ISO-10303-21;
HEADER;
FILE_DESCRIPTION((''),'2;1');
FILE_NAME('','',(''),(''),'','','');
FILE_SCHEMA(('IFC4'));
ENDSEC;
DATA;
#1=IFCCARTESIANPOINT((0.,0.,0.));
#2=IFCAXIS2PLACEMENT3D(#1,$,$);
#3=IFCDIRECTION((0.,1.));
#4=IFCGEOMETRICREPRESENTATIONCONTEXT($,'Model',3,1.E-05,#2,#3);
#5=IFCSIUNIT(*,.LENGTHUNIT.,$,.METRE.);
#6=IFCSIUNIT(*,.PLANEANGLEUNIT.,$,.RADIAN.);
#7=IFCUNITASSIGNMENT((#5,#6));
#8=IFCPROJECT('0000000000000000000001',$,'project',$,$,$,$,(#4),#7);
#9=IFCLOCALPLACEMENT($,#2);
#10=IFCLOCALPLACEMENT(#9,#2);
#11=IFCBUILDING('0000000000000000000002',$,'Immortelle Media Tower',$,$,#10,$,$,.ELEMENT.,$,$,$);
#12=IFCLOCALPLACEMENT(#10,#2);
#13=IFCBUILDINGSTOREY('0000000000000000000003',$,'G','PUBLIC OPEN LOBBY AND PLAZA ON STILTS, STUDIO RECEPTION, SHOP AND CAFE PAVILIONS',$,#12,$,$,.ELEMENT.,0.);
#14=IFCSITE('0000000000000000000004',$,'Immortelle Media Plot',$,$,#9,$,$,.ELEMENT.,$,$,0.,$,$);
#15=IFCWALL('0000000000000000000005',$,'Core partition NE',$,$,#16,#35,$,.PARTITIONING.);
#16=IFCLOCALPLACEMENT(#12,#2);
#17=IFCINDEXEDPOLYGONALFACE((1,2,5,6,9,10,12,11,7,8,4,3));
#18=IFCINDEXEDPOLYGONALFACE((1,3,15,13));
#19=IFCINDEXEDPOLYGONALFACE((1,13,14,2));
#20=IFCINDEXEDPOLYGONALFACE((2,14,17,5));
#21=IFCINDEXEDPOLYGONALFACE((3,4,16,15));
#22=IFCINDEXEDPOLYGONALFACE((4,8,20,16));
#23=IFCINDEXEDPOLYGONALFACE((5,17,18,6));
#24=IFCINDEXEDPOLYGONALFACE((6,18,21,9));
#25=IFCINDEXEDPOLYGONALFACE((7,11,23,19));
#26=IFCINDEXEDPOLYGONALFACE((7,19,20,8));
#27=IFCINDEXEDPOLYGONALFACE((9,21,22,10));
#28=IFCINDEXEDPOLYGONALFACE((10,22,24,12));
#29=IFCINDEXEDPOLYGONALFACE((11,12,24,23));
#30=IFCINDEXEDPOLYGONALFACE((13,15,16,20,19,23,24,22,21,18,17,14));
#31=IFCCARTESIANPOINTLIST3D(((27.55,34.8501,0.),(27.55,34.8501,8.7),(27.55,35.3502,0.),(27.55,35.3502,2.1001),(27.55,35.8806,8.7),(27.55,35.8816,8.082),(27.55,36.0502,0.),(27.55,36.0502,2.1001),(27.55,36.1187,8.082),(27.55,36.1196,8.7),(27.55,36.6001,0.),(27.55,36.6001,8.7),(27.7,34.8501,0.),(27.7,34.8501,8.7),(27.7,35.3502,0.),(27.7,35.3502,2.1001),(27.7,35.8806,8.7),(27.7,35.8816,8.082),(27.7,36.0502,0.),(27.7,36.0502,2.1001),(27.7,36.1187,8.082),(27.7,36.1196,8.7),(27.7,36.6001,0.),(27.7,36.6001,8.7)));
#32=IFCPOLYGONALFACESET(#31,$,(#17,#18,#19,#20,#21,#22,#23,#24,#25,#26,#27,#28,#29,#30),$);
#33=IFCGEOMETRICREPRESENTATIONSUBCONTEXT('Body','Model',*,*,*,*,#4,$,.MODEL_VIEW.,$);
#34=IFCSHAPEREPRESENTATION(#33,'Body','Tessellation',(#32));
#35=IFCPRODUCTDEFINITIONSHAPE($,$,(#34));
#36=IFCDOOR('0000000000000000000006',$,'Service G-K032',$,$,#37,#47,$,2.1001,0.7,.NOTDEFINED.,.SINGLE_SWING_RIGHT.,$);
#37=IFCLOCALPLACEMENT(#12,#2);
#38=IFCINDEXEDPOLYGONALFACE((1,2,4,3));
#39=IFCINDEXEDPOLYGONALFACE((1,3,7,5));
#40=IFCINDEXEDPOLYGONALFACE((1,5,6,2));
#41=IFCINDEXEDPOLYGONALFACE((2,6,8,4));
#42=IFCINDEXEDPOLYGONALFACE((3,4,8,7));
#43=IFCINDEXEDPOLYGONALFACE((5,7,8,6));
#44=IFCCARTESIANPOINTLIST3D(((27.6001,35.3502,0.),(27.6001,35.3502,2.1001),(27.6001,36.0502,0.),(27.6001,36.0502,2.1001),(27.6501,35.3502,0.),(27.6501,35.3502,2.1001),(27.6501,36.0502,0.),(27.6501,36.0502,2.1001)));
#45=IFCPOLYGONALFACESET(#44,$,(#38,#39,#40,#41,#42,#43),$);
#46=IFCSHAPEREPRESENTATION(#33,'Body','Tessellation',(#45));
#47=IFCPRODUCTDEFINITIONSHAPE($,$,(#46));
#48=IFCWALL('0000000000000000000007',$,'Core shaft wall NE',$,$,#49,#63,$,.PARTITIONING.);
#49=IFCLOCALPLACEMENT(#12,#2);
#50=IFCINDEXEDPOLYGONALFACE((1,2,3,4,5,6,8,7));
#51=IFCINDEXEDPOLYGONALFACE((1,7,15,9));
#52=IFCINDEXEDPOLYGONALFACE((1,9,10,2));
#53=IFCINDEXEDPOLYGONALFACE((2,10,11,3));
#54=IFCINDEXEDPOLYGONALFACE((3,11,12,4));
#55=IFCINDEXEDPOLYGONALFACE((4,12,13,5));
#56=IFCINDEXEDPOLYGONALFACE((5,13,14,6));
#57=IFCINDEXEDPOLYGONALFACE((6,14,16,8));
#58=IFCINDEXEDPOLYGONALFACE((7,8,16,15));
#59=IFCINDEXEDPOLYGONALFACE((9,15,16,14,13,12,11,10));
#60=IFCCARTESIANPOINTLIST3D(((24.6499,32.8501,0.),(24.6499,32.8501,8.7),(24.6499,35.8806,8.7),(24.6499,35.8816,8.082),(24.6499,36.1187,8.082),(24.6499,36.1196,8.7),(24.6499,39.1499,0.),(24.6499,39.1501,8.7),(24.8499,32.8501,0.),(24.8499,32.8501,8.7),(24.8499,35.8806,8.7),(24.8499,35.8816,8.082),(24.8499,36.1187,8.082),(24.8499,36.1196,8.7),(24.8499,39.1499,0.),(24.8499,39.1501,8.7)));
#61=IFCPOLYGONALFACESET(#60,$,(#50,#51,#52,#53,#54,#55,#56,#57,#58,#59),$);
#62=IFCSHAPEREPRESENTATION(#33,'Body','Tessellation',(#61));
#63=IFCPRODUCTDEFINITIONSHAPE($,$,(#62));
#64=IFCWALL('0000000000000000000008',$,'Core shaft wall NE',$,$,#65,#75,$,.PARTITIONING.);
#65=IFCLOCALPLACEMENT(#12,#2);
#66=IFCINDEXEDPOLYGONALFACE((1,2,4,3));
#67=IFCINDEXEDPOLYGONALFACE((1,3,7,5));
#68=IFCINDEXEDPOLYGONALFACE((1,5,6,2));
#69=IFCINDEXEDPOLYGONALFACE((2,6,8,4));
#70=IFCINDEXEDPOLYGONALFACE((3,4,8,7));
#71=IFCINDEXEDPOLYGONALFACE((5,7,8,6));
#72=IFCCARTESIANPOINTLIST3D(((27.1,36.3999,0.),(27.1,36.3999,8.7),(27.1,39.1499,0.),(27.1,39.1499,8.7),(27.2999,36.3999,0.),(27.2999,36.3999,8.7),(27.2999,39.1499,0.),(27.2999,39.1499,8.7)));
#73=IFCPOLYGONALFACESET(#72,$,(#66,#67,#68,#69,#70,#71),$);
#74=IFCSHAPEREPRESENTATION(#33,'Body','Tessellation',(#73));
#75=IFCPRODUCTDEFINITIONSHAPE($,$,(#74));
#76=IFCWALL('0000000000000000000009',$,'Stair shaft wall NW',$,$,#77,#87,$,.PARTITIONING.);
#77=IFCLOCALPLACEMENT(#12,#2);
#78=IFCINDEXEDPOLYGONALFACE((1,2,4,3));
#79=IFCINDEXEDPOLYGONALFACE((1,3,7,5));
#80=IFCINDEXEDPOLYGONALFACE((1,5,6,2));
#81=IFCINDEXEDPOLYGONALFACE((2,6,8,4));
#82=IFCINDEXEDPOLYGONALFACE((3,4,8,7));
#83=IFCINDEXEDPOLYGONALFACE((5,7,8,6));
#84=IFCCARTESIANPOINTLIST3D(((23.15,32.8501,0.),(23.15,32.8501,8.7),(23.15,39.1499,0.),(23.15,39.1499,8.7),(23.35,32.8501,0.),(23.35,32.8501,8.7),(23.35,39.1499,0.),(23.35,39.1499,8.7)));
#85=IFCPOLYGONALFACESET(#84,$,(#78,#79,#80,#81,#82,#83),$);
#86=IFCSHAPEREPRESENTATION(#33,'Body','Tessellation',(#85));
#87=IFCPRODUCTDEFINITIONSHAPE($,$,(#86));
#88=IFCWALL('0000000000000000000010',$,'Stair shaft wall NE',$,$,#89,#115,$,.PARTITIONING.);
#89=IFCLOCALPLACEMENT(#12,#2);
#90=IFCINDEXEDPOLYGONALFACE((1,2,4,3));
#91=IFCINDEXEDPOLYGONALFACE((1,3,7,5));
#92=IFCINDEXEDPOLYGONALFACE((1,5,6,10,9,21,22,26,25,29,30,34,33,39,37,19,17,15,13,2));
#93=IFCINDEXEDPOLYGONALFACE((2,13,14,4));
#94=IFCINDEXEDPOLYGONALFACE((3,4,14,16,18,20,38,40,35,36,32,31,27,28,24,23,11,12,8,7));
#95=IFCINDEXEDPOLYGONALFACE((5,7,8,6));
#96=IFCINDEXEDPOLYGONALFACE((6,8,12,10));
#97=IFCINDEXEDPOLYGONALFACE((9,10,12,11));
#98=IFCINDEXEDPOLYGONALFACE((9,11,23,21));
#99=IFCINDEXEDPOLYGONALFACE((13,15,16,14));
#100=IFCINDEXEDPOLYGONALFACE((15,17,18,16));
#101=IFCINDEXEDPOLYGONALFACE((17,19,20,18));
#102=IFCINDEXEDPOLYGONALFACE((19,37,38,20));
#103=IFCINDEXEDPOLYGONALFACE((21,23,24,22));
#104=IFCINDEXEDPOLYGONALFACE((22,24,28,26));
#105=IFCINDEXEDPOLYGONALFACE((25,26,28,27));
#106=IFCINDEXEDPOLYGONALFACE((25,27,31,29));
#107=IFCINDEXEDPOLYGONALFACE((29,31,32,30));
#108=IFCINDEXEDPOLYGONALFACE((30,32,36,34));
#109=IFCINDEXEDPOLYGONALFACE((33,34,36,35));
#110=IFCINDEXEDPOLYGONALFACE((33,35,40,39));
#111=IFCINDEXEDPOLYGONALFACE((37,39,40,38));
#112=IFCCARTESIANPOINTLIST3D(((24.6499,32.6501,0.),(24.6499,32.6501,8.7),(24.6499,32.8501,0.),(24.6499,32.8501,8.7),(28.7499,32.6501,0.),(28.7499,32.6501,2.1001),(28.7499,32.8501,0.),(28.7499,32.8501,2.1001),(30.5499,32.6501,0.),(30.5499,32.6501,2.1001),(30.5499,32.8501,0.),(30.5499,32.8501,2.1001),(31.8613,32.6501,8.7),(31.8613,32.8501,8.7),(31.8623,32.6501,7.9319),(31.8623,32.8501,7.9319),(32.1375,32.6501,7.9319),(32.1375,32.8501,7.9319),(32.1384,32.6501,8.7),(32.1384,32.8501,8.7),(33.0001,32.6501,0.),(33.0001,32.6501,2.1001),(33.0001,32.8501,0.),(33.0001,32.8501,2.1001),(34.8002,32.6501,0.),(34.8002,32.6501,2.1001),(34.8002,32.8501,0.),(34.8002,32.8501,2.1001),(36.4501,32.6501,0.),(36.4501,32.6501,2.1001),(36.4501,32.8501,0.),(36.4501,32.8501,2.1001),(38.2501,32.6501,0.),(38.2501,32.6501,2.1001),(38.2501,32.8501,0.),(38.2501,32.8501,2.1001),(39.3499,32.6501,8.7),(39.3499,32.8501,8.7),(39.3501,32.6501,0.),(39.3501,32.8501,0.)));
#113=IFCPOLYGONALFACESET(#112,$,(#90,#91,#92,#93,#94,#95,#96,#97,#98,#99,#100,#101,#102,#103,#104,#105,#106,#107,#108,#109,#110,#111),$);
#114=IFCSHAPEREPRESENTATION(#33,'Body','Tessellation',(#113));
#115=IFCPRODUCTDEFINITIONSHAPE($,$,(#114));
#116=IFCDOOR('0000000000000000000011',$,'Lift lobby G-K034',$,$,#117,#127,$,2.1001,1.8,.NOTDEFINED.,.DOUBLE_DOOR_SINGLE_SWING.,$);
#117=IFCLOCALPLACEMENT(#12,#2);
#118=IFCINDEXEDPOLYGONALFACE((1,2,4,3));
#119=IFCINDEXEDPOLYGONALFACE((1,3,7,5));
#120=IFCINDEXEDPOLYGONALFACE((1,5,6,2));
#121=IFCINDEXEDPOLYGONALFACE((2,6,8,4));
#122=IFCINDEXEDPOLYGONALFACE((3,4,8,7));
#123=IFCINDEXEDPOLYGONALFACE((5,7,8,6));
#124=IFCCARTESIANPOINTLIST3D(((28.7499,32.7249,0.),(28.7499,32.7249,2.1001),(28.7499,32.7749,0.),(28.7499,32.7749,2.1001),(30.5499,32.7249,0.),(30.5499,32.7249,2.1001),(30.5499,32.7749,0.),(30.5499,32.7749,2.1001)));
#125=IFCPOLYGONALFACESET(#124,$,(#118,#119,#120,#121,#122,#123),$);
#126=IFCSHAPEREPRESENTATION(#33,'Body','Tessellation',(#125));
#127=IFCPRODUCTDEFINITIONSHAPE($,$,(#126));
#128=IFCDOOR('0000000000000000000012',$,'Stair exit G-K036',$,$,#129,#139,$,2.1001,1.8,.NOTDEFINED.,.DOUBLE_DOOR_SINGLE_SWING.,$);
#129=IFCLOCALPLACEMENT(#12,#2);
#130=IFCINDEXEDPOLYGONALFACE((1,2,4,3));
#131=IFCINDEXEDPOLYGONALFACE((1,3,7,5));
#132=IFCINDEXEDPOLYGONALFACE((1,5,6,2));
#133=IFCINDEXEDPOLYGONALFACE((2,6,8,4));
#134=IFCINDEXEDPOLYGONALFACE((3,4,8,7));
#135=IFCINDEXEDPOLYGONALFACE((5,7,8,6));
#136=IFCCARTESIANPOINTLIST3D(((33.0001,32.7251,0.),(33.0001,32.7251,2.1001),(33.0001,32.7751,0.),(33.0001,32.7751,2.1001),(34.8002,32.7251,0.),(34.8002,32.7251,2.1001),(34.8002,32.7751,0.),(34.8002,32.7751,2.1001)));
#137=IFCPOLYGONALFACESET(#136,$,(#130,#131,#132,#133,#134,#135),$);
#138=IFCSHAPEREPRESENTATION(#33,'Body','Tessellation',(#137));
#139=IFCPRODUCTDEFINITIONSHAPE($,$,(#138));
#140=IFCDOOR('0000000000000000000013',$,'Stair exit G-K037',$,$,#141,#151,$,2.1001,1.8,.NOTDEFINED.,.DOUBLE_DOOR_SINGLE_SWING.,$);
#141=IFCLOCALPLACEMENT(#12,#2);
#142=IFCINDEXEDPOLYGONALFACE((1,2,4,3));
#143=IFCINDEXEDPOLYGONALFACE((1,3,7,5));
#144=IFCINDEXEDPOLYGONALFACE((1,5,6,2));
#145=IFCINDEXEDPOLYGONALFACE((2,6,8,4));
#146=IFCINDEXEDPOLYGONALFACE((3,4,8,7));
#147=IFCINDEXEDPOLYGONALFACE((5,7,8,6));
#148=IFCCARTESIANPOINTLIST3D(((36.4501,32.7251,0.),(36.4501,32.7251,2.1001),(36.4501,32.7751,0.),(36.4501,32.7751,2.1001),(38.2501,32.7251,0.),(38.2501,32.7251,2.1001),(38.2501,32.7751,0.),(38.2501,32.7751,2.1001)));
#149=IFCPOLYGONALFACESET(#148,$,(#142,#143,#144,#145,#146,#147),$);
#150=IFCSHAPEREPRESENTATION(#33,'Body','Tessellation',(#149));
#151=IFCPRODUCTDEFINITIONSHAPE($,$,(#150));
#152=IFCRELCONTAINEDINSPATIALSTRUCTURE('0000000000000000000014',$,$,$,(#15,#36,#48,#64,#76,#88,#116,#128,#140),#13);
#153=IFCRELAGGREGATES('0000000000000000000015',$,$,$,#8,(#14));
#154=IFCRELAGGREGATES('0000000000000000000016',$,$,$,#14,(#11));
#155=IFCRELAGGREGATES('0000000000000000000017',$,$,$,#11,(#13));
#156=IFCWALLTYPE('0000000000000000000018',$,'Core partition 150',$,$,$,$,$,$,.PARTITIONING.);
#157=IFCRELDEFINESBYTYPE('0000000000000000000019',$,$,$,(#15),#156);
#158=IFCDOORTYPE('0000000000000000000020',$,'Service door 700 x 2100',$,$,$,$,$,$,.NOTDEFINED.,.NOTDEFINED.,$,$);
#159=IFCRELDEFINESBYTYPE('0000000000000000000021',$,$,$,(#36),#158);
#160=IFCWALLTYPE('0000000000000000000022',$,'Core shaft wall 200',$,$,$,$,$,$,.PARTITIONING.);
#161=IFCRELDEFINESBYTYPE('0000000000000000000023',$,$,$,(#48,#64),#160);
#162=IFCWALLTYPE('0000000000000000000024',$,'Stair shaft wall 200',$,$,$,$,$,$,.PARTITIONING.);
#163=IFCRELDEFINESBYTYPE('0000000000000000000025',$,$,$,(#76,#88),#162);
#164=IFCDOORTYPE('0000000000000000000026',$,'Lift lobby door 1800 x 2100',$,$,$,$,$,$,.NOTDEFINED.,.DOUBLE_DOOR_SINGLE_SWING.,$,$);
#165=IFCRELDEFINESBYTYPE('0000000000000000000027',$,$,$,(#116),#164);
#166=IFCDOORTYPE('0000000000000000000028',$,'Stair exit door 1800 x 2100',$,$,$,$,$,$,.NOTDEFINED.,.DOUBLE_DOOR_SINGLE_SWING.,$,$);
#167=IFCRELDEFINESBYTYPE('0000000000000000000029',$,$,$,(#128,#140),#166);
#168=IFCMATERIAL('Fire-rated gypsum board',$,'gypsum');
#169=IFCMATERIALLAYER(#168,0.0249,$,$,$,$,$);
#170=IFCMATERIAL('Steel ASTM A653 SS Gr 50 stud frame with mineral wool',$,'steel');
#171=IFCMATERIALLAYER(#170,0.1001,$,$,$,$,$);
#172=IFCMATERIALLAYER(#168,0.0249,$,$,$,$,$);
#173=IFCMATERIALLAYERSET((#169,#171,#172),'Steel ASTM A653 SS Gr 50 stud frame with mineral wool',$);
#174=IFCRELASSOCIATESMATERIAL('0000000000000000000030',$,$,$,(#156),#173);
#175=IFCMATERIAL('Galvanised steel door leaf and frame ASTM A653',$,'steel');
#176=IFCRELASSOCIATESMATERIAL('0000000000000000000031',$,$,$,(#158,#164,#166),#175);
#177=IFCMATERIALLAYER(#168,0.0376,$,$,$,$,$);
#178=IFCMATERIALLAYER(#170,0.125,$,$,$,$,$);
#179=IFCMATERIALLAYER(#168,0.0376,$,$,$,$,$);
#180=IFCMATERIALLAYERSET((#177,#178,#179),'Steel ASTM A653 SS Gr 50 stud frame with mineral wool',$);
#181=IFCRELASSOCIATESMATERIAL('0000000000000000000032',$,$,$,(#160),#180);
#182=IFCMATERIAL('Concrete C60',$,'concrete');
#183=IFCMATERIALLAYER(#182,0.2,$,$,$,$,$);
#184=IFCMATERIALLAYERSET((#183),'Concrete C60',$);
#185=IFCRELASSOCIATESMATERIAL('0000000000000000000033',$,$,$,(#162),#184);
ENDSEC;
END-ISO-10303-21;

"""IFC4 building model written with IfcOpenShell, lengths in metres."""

from ifc_helpers import new_model, si_unit, direction, frame, frame_2d, origin, place, context, subcontext, project, spatial, polyline, rectangle, outline, extrude, material, layer, layer_set, type_object, element, fill, save


model = new_model("IFC4")

# Units and contexts
model_context = context("Model", 3, precision=1e-05, world=origin(), true_north=direction((0.0, 1.0)))
body_context = subcontext(model_context, "Body", "Model", "MODEL_VIEW")
ifc_project = project(units=[si_unit("LENGTHUNIT", "METRE"), si_unit("PLANEANGLEUNIT", "RADIAN")], contexts=[model_context])

# Site, building, storey
site_placement = place(None, origin())
site = spatial("IfcSite", under=ifc_project, at=site_placement, Name="Immortelle Media Plot", CompositionType="ELEMENT", RefElevation=0.0)
building_placement = place(site_placement, origin())
building = spatial("IfcBuilding", under=site, at=building_placement, Name="Immortelle Media Tower", CompositionType="ELEMENT")
storey_placement = place(building_placement, origin())
storey = spatial("IfcBuildingStorey", under=building, at=storey_placement, Name="G", Description="PUBLIC OPEN LOBBY AND PLAZA ON STILTS, STUDIO RECEPTION, SHOP AND CAFE PAVILIONS", CompositionType="ELEMENT", Elevation=0.0)

# Shared definitions
ifc_material_1 = material(Name="Fire-rated gypsum board", Category="gypsum")
ifc_layer_1 = layer(ifc_material_1, 0.0249)
ifc_material_2 = material(Name="Steel ASTM A653 SS Gr 50 stud frame with mineral wool", Category="steel")
ifc_layer_2 = layer(ifc_material_2, 0.1001)
ifc_layer_3 = layer(ifc_material_1, 0.0249)
ifc_layer_set_1 = layer_set([ifc_layer_1, ifc_layer_2, ifc_layer_3], Name="Steel ASTM A653 SS Gr 50 stud frame with mineral wool")
wall_type_1 = type_object("IfcWallType", Name="Core partition 150", PredefinedType="PARTITIONING", material=ifc_layer_set_1)

# Shared definitions
ifc_material_3 = material(Name="Galvanised steel door leaf and frame ASTM A653", Category="steel")

# Wall, opening, door
wall_1_placement = place(storey_placement, frame((27.625, 34.8501, 0.0), z_axis=(0.0, 0.0, 1.0), x_axis=(0.0, 1.0, 0.0)))
wall_1 = element("IfcWall", 1, at=wall_1_placement, inside=storey, type_object=wall_type_1, Name="Core partition NE", PredefinedType="PARTITIONING", context=body_context, shape_type="SweptSolid", body=[
    extrude(outline(polyline([(0.0, 0.0), (1.75, 0.0), (1.75, 8.7), (1.2695, 8.7), (1.2686, 8.082), (1.0315, 8.082), (1.0305, 8.7), (0.0, 8.7), (0.0, 0.0)])), frame((0.0, 0.075, 0.0), z_axis=(0.0, -1.0, 0.0), x_axis=(1.0, 0.0, 0.0)), (0.0, 0.0, 1.0), 0.1499),
])
opening_1_placement = place(wall_1_placement, frame((0.5, 0.0, 0.0)))
opening_1 = element("IfcOpeningElement", 2, at=opening_1_placement, cuts=wall_1, PredefinedType="OPENING", context=body_context, shape_type="SweptSolid", body=[
    extrude(rectangle(XDim=0.7, YDim=2.1001, at=frame_2d((0.3501, 1.05))), frame((0.0, 0.085, 0.0), z_axis=(0.0, -1.0, 0.0), x_axis=(1.0, 0.0, 0.0)), (0.0, 0.0, 1.0), 0.1699),
])
door_type_1 = type_object("IfcDoorType", Name="Service door 700 x 2100", OperationType="NOTDEFINED", PredefinedType="NOTDEFINED", material=ifc_material_3)
door_1_placement = place(opening_1_placement, origin())
door_1 = element("IfcDoor", 3, at=door_1_placement, inside=storey, type_object=door_type_1, Name="Service G-K032", OperationType="SINGLE_SWING_RIGHT", OverallHeight=2.1001, OverallWidth=0.7, PredefinedType="NOTDEFINED", context=body_context, shape_type="SweptSolid", body=[
    extrude(rectangle(XDim=0.7, YDim=2.1001, at=frame_2d((0.3501, 1.05))), frame((0.0, 0.0249, 0.0), z_axis=(0.0, -1.0, 0.0), x_axis=(1.0, 0.0, 0.0)), (0.0, 0.0, 1.0), 0.05),
])
fill(opening_1, door_1)

# Walls
ifc_layer_4 = layer(ifc_material_1, 0.0376)
ifc_layer_5 = layer(ifc_material_2, 0.125)
ifc_layer_6 = layer(ifc_material_1, 0.0376)
ifc_layer_set_2 = layer_set([ifc_layer_4, ifc_layer_5, ifc_layer_6], Name="Steel ASTM A653 SS Gr 50 stud frame with mineral wool")
wall_type_2 = type_object("IfcWallType", Name="Core shaft wall 200", PredefinedType="PARTITIONING", material=ifc_layer_set_2)
wall_2_placement = place(storey_placement, frame((24.75, 32.8501, 0.0), z_axis=(0.0, 0.0, 1.0), x_axis=(0.0, 1.0, 0.0)))
element("IfcWall", 4, at=wall_2_placement, inside=storey, type_object=wall_type_2, Name="Core shaft wall NE", PredefinedType="PARTITIONING", context=body_context, shape_type="SweptSolid", body=[
    extrude(outline(polyline([(0.0, 0.0), (6.2998, 0.0), (6.3, 8.7), (3.2695, 8.7), (3.2686, 8.082), (3.0315, 8.082), (3.0305, 8.7), (0.0, 8.7), (0.0, 0.0)])), frame((0.0, 0.1001, 0.0), z_axis=(0.0, -1.0, 0.0), x_axis=(1.0, 0.0, 0.0)), (0.0, 0.0, 1.0), 0.2),
])
wall_3_placement = place(storey_placement, frame((27.2, 36.3999, 0.0), z_axis=(0.0, 0.0, 1.0), x_axis=(0.0, 1.0, 0.0)))
element("IfcWall", 5, at=wall_3_placement, inside=storey, type_object=wall_type_2, Name="Core shaft wall NE", PredefinedType="PARTITIONING", context=body_context, shape_type="SweptSolid", body=[
    extrude(rectangle(XDim=2.75, YDim=0.2, at=frame_2d((1.375, 0.0))), origin(), (0.0, 0.0, 1.0), 8.7),
])
ifc_material_4 = material(Name="Concrete C60", Category="concrete")
ifc_layer_7 = layer(ifc_material_4, 0.2)
ifc_layer_set_3 = layer_set([ifc_layer_7], Name="Concrete C60")
wall_type_3 = type_object("IfcWallType", Name="Stair shaft wall 200", PredefinedType="PARTITIONING", material=ifc_layer_set_3)
wall_4_placement = place(storey_placement, frame((23.25, 32.8501, 0.0), z_axis=(0.0, 0.0, 1.0), x_axis=(0.0, 1.0, 0.0)))
element("IfcWall", 6, at=wall_4_placement, inside=storey, type_object=wall_type_3, Name="Stair shaft wall NW", PredefinedType="PARTITIONING", context=body_context, shape_type="SweptSolid", body=[
    extrude(rectangle(XDim=6.2998, YDim=0.2, at=frame_2d((3.1499, 0.0))), origin(), (0.0, 0.0, 1.0), 8.7),
])

# Wall, openings, doors
wall_5_placement = place(storey_placement, frame((24.6499, 32.75, 0.0), z_axis=(0.0, 0.0, 1.0), x_axis=(1.0, 0.0, 0.0)))
wall_5 = element("IfcWall", 7, at=wall_5_placement, inside=storey, type_object=wall_type_3, Name="Stair shaft wall NE", PredefinedType="PARTITIONING", context=body_context, shape_type="SweptSolid", body=[
    extrude(outline(polyline([(0.0, 0.0), (14.7002, 0.0), (14.7, 8.7), (7.4885, 8.7), (7.4875, 7.9319), (7.2124, 7.9319), (7.2114, 8.7), (0.0, 8.7), (0.0, 0.0)])), frame((0.0, 0.1001, 0.0), z_axis=(0.0, -1.0, 0.0), x_axis=(1.0, 0.0, 0.0)), (0.0, 0.0, 1.0), 0.2),
])
opening_2_placement = place(wall_5_placement, frame((4.1001, 0.0, 0.0)))
opening_2 = element("IfcOpeningElement", 8, at=opening_2_placement, cuts=wall_5, PredefinedType="OPENING", context=body_context, shape_type="SweptSolid", body=[
    extrude(rectangle(XDim=1.8, YDim=2.1001, at=frame_2d((0.8999, 1.05))), frame((0.0, 0.1099, 0.0), z_axis=(0.0, -1.0, 0.0), x_axis=(1.0, 0.0, 0.0)), (0.0, 0.0, 1.0), 0.22),
])
opening_3_placement = place(wall_5_placement, frame((10.1501, 0.0, 0.0), z_axis=(0.0, 0.0, 1.0), x_axis=(-1.0, 0.0, 0.0)))
opening_3 = element("IfcOpeningElement", 9, at=opening_3_placement, cuts=wall_5, PredefinedType="OPENING", context=body_context, shape_type="SweptSolid", body=[
    extrude(rectangle(XDim=1.8, YDim=2.1001, at=frame_2d((0.8999, 1.05))), frame((0.0, 0.1099, 0.0), z_axis=(0.0, -1.0, 0.0), x_axis=(1.0, 0.0, 0.0)), (0.0, 0.0, 1.0), 0.22),
])
opening_4_placement = place(wall_5_placement, frame((13.6001, 0.0, 0.0), z_axis=(0.0, 0.0, 1.0), x_axis=(-1.0, 0.0, 0.0)))
opening_4 = element("IfcOpeningElement", 10, at=opening_4_placement, cuts=wall_5, PredefinedType="OPENING", context=body_context, shape_type="SweptSolid", body=[
    extrude(rectangle(XDim=1.8, YDim=2.1001, at=frame_2d((0.8999, 1.05))), frame((0.0, 0.1099, 0.0), z_axis=(0.0, -1.0, 0.0), x_axis=(1.0, 0.0, 0.0)), (0.0, 0.0, 1.0), 0.22),
])
door_type_2 = type_object("IfcDoorType", Name="Lift lobby door 1800 x 2100", OperationType="DOUBLE_DOOR_SINGLE_SWING", PredefinedType="NOTDEFINED", material=ifc_material_3)
door_2_placement = place(opening_2_placement, origin())
door_2 = element("IfcDoor", 11, at=door_2_placement, inside=storey, type_object=door_type_2, Name="Lift lobby G-K034", OperationType="DOUBLE_DOOR_SINGLE_SWING", OverallHeight=2.1001, OverallWidth=1.8, PredefinedType="NOTDEFINED", context=body_context, shape_type="SweptSolid", body=[
    extrude(rectangle(XDim=1.8, YDim=2.1001, at=frame_2d((0.8999, 1.05))), frame((0.0, 0.0249, 0.0), z_axis=(0.0, -1.0, 0.0), x_axis=(1.0, 0.0, 0.0)), (0.0, 0.0, 1.0), 0.05),
])
fill(opening_2, door_2)
door_type_3 = type_object("IfcDoorType", Name="Stair exit door 1800 x 2100", OperationType="DOUBLE_DOOR_SINGLE_SWING", PredefinedType="NOTDEFINED", material=ifc_material_3)
door_3_placement = place(opening_3_placement, origin())
door_3 = element("IfcDoor", 12, at=door_3_placement, inside=storey, type_object=door_type_3, Name="Stair exit G-K036", OperationType="DOUBLE_DOOR_SINGLE_SWING", OverallHeight=2.1001, OverallWidth=1.8, PredefinedType="NOTDEFINED", context=body_context, shape_type="SweptSolid", body=[
    extrude(rectangle(XDim=1.8, YDim=2.1001, at=frame_2d((0.8999, 1.05))), frame((0.0, 0.0249, 0.0), z_axis=(0.0, -1.0, 0.0), x_axis=(1.0, 0.0, 0.0)), (0.0, 0.0, 1.0), 0.05),
])
fill(opening_3, door_3)
door_4_placement = place(opening_4_placement, origin())
door_4 = element("IfcDoor", 13, at=door_4_placement, inside=storey, type_object=door_type_3, Name="Stair exit G-K037", OperationType="DOUBLE_DOOR_SINGLE_SWING", OverallHeight=2.1001, OverallWidth=1.8, PredefinedType="NOTDEFINED", context=body_context, shape_type="SweptSolid", body=[
    extrude(rectangle(XDim=1.8, YDim=2.1001, at=frame_2d((0.8999, 1.05))), frame((0.0, 0.0249, 0.0), z_axis=(0.0, -1.0, 0.0), x_axis=(1.0, 0.0, 0.0)), (0.0, 0.0, 1.0), 0.05),
])
fill(opening_4, door_4)

save(model, "model.ifc")
